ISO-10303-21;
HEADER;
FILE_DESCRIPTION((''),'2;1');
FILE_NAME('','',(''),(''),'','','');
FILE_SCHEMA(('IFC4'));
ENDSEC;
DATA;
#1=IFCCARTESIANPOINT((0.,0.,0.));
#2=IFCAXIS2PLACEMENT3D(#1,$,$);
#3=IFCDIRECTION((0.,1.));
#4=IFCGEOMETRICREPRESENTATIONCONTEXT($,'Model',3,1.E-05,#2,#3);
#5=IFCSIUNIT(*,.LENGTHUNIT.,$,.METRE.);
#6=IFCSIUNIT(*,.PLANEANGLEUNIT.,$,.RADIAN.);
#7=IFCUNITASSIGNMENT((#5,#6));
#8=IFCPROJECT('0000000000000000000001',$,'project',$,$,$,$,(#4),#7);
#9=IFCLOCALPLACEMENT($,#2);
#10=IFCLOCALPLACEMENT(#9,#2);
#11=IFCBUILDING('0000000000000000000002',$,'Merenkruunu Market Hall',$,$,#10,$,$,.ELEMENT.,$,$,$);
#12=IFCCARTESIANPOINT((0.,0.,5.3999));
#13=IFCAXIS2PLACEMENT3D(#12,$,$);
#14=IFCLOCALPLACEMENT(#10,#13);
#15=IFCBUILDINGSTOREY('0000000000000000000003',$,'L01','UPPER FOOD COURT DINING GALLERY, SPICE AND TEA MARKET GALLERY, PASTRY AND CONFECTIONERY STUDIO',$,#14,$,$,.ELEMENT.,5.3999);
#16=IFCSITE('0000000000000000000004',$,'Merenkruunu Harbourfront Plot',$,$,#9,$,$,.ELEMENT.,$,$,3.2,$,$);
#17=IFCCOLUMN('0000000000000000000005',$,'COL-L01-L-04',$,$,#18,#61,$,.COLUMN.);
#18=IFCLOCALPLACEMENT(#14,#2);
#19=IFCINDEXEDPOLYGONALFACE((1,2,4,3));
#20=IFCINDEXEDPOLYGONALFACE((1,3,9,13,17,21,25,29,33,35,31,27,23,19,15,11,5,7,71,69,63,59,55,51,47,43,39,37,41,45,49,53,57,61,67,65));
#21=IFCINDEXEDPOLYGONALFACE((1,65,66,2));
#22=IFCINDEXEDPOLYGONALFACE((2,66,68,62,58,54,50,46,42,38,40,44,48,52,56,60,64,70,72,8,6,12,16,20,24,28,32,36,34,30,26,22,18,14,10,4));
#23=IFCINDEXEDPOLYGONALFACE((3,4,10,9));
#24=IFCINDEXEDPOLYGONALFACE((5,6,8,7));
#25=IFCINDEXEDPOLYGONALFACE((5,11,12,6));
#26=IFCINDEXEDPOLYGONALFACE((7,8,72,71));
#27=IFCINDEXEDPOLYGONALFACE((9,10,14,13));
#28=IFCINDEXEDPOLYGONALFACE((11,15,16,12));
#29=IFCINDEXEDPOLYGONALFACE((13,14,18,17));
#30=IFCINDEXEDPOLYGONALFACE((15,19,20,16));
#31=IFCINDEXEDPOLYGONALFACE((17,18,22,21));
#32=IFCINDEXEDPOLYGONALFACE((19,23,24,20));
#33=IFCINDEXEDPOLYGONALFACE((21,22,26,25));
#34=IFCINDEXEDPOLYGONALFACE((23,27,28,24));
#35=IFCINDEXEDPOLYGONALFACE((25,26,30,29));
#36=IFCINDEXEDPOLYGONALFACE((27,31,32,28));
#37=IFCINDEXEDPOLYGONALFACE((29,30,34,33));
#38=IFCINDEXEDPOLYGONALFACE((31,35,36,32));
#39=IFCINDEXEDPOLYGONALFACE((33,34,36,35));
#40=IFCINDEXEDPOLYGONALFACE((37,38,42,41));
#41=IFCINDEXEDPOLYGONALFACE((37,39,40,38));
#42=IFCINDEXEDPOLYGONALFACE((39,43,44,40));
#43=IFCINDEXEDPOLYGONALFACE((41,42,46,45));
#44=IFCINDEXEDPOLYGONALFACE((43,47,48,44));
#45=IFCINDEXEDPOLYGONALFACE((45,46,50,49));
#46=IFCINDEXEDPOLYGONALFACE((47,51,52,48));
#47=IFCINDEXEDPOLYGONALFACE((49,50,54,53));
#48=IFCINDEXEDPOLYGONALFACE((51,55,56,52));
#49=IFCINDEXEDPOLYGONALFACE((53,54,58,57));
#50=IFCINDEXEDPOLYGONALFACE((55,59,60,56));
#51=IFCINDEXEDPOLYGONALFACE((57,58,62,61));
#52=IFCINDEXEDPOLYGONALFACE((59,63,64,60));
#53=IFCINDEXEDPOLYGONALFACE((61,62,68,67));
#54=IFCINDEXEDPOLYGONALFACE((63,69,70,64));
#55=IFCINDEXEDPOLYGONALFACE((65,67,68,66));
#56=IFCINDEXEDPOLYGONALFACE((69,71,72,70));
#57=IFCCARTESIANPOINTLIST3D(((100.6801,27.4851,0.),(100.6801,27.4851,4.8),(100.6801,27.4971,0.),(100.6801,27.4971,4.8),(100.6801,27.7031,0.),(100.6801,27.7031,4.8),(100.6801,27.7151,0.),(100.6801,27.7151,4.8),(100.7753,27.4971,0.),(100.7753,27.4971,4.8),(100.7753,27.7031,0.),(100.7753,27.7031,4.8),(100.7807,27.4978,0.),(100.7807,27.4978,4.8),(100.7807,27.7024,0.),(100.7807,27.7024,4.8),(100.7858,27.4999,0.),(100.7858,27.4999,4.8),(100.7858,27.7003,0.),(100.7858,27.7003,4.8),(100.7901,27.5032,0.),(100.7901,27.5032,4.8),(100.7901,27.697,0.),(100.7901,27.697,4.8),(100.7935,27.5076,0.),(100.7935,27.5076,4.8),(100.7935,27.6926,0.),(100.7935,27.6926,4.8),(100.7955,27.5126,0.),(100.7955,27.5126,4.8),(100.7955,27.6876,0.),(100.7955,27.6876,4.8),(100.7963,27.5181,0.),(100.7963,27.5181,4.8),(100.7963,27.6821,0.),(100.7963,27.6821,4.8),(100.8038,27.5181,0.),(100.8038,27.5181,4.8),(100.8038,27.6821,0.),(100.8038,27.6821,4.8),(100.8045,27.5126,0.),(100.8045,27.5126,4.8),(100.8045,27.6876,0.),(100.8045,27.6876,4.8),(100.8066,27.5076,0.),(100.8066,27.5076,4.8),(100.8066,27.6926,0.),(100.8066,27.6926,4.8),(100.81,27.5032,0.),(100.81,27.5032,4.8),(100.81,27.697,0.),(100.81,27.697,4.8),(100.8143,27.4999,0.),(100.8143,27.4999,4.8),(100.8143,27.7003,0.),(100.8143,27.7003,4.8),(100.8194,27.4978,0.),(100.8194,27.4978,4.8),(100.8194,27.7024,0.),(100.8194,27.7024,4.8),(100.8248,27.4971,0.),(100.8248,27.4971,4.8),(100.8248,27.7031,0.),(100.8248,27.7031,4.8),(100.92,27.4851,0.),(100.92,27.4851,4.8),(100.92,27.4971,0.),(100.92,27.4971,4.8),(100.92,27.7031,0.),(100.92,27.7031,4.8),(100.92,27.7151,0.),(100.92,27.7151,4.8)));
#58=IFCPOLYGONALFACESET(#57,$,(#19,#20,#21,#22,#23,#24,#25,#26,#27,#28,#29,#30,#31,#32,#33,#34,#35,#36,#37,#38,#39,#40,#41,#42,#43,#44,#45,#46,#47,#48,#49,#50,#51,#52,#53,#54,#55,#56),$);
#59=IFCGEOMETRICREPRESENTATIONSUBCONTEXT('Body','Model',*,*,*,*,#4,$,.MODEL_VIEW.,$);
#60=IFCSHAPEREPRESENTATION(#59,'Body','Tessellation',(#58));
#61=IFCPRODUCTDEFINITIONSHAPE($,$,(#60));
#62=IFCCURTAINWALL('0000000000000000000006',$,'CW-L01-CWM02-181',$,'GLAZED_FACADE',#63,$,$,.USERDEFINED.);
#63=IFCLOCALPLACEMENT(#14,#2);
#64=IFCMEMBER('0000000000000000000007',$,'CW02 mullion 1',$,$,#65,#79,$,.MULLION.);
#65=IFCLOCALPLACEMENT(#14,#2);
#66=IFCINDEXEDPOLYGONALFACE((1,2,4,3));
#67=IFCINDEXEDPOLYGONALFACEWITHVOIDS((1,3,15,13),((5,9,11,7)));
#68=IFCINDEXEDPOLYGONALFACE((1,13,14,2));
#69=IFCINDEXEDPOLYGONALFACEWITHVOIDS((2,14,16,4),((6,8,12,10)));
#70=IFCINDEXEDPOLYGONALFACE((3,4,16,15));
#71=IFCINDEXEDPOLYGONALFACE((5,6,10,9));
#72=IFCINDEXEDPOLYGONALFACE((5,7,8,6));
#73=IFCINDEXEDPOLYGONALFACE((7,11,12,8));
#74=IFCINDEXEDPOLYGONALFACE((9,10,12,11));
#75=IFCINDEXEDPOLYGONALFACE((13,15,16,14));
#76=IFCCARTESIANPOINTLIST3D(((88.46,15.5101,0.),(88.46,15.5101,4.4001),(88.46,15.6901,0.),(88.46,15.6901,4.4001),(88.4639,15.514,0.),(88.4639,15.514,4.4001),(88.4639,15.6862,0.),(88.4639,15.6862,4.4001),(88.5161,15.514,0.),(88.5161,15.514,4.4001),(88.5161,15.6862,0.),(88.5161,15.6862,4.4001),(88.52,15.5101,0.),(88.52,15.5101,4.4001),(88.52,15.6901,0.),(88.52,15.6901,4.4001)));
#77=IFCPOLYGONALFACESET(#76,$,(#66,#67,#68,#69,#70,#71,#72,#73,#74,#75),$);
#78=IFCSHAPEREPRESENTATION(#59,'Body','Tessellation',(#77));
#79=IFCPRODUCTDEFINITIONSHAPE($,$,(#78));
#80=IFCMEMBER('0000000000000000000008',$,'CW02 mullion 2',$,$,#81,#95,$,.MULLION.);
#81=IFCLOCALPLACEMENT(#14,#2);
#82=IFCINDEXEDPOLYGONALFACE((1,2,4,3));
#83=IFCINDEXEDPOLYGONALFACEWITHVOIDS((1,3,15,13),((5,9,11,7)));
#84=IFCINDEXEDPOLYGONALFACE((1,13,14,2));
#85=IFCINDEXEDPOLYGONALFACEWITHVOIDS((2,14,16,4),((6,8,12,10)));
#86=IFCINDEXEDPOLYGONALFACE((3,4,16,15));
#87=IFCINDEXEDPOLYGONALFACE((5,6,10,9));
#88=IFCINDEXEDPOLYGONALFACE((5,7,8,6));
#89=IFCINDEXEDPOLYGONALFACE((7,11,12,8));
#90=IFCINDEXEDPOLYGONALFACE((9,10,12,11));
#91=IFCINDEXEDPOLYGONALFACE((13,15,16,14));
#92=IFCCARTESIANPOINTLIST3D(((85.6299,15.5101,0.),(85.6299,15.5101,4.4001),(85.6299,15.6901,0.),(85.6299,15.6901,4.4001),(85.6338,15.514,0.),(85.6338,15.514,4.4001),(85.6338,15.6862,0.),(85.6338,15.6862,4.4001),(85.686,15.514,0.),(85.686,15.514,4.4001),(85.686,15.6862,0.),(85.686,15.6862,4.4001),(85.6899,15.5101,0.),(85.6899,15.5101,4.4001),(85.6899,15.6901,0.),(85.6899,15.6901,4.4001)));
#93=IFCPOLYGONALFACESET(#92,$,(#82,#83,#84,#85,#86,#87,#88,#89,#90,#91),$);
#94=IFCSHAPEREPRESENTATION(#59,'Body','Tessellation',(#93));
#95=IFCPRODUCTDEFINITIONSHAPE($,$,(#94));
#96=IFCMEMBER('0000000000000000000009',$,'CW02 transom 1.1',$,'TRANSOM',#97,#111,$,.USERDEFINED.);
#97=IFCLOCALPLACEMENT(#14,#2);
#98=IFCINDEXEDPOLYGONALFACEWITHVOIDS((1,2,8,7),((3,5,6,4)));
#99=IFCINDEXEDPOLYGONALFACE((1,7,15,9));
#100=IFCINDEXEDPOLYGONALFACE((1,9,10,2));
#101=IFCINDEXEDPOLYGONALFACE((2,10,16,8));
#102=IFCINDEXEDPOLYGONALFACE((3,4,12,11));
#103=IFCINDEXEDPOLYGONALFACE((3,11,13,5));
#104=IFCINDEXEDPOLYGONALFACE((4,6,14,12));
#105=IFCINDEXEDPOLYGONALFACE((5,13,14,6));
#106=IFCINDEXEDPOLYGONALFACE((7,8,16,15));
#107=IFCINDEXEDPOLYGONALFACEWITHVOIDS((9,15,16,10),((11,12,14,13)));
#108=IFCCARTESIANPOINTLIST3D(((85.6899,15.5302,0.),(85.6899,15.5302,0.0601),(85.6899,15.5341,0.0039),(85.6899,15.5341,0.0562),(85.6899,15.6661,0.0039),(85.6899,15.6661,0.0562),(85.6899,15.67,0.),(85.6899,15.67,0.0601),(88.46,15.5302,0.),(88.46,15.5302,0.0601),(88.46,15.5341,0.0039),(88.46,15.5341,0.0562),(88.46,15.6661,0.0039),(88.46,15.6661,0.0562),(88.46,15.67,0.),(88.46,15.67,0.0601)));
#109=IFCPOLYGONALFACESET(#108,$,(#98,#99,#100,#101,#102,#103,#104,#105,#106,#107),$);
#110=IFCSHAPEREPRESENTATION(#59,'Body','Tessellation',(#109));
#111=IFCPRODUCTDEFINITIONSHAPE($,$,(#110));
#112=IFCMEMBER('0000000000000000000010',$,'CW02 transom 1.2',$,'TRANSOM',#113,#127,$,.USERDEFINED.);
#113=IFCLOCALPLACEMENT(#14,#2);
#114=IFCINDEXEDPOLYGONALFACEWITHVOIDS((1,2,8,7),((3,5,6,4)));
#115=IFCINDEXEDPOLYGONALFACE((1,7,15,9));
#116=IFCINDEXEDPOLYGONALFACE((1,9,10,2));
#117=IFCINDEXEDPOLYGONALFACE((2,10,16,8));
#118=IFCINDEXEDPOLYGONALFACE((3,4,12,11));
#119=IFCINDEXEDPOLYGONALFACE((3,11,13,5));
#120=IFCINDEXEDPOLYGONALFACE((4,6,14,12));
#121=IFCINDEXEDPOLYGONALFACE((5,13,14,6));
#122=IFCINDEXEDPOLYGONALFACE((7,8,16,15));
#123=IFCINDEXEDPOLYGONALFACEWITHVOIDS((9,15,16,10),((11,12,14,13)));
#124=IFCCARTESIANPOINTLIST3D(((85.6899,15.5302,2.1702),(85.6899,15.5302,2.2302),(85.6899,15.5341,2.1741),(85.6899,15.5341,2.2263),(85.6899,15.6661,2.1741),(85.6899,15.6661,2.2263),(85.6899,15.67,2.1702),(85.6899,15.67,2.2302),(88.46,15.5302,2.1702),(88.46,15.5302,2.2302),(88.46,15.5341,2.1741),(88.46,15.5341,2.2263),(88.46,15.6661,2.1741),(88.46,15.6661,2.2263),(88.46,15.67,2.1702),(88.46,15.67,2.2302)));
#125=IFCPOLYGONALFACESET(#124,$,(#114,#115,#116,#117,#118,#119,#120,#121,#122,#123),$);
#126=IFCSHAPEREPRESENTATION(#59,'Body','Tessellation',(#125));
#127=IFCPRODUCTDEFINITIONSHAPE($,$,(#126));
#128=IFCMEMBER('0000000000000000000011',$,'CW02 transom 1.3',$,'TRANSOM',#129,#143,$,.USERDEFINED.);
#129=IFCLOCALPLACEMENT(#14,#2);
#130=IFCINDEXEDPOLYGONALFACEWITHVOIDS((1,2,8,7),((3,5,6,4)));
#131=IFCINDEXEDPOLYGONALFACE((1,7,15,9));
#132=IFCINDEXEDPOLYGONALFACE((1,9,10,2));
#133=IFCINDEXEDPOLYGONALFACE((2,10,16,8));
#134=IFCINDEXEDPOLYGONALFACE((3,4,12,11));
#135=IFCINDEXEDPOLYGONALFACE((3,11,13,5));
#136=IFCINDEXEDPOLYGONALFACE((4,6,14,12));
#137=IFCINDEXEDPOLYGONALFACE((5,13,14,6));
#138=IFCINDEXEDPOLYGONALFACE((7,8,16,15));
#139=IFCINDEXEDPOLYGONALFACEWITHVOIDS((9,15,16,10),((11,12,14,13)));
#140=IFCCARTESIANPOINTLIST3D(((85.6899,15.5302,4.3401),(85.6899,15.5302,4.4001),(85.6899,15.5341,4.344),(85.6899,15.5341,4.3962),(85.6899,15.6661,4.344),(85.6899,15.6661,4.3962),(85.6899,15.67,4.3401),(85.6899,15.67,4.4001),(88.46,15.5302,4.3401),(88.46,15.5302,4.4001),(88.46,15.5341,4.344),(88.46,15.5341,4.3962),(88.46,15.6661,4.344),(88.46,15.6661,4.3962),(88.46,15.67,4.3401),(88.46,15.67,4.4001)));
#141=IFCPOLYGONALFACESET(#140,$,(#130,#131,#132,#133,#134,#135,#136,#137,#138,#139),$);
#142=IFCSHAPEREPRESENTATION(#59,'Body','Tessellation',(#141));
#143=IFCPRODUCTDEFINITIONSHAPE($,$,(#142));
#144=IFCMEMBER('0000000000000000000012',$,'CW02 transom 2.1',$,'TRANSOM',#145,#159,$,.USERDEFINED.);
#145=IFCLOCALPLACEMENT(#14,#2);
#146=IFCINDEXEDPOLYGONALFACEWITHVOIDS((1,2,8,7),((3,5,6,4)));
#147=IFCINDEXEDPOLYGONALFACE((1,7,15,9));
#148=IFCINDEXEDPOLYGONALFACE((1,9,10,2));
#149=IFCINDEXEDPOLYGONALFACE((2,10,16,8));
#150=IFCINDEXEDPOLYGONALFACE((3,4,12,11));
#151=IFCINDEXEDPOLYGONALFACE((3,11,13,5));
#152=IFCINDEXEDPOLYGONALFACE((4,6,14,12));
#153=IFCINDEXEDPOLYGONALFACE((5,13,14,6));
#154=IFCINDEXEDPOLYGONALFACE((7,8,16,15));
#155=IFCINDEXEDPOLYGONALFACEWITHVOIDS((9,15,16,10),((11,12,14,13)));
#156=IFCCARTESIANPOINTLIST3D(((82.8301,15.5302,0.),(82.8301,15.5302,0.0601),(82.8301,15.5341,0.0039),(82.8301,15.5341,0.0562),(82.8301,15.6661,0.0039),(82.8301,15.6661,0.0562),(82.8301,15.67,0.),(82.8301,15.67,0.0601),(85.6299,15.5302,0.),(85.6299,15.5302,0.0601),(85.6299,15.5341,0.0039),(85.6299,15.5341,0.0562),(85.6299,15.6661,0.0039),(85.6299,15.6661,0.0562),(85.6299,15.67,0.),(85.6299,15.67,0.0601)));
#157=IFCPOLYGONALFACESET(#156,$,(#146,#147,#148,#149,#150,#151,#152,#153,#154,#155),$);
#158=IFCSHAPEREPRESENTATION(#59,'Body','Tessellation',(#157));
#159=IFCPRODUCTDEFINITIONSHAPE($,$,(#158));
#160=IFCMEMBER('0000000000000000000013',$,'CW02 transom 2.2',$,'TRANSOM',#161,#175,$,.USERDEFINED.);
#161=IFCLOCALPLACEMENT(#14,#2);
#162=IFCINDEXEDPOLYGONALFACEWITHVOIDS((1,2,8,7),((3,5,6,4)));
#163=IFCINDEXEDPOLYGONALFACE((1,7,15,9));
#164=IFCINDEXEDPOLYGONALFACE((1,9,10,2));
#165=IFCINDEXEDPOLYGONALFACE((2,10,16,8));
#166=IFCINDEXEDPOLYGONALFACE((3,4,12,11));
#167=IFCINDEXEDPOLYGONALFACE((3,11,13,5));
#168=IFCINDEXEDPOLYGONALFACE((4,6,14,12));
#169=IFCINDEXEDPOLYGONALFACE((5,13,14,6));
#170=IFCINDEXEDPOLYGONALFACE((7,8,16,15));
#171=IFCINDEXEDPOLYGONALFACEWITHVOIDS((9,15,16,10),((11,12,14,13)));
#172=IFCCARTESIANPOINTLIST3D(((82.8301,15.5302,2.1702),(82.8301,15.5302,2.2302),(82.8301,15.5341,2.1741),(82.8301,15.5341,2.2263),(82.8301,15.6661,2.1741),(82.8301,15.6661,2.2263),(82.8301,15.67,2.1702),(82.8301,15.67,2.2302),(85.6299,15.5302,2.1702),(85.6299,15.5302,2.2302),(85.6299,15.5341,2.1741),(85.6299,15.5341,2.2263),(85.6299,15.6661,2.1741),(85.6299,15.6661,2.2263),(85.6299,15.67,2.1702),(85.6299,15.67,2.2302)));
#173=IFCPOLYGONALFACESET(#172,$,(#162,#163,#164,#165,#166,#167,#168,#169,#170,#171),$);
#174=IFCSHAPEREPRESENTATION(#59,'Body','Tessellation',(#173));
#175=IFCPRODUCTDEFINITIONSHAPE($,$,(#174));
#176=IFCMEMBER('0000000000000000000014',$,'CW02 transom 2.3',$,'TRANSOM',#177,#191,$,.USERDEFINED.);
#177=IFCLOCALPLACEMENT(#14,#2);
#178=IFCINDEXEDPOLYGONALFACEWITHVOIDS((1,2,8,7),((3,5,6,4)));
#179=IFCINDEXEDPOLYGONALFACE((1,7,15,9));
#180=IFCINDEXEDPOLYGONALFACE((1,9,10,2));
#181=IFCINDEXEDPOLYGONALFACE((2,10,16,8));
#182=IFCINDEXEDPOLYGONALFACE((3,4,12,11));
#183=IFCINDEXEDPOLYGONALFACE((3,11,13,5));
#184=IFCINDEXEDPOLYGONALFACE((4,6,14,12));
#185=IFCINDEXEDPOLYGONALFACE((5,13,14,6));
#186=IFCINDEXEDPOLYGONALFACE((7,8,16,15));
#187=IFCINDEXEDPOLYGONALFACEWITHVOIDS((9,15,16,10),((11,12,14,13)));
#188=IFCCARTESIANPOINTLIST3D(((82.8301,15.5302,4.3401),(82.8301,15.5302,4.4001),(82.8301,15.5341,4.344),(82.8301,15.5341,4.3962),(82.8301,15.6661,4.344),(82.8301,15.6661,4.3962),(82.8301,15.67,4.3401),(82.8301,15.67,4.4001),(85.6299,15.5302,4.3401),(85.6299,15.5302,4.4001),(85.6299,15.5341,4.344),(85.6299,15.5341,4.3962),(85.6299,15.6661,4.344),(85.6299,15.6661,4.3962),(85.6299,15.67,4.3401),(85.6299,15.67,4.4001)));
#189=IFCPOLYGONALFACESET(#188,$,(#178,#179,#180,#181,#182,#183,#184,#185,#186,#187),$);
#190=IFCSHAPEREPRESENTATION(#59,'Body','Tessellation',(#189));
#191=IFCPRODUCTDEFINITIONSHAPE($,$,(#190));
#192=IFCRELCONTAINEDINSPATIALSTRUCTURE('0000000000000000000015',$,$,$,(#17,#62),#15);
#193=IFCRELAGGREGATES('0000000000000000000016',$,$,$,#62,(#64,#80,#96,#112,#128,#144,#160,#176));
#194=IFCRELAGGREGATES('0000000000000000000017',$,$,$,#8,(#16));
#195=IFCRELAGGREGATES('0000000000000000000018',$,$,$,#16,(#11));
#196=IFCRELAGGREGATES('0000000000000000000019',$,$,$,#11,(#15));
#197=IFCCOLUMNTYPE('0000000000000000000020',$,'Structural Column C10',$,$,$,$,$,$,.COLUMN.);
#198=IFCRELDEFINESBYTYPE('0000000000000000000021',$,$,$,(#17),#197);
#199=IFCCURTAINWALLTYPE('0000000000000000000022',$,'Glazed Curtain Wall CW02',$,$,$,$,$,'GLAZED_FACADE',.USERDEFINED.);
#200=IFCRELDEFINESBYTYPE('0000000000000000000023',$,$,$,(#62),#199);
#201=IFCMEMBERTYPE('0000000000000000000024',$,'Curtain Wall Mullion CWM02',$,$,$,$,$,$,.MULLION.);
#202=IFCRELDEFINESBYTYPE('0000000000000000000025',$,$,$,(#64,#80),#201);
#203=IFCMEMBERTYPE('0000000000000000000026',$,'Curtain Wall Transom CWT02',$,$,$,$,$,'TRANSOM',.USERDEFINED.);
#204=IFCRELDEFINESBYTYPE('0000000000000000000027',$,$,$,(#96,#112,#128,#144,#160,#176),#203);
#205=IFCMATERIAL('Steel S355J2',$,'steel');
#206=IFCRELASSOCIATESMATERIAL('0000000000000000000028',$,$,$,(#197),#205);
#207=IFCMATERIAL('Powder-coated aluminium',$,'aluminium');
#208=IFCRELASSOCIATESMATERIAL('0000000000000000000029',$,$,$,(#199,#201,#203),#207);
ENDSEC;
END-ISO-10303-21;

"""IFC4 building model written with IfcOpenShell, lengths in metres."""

from ifc_helpers import new_model, si_unit, direction, frame, origin, origin_2d, place, context, subcontext, project, spatial, hollow_rectangle, i_section, extrude, material, material_profile, profile_set, type_object, element, aggregate, save


model = new_model("IFC4")

# Units and contexts
model_context = context("Model", 3, precision=1e-05, world=origin(), true_north=direction((0.0, 1.0)))
body_context = subcontext(model_context, "Body", "Model", "MODEL_VIEW")
ifc_project = project(units=[si_unit("LENGTHUNIT", "METRE"), si_unit("PLANEANGLEUNIT", "RADIAN")], contexts=[model_context])

# Site, building, storey
site_placement = place(None, origin())
site = spatial("IfcSite", under=ifc_project, at=site_placement, Name="Merenkruunu Harbourfront Plot", CompositionType="ELEMENT", RefElevation=3.2)
building_placement = place(site_placement, origin())
building = spatial("IfcBuilding", under=site, at=building_placement, Name="Merenkruunu Market Hall", CompositionType="ELEMENT")
storey_placement = place(building_placement, frame((0.0, 0.0, 5.3999)))
storey = spatial("IfcBuildingStorey", under=building, at=storey_placement, Name="L01", Description="UPPER FOOD COURT DINING GALLERY, SPICE AND TEA MARKET GALLERY, PASTRY AND CONFECTIONERY STUDIO", CompositionType="ELEMENT", Elevation=5.3999)

# Column
ifc_material_1 = material(Name="Steel S355J2", Category="steel")
ifc_material_profile_1 = material_profile(ifc_material_1, i_section(OverallWidth=0.24, OverallDepth=0.23, WebThickness=0.0076, FlangeThickness=0.012, FilletRadius=0.021, at=origin_2d()), Name="HEA 240")
ifc_profile_set_1 = profile_set([ifc_material_profile_1], Name="Steel S355J2")
column_type = type_object("IfcColumnType", Name="Structural Column C10", PredefinedType="COLUMN", material=ifc_profile_set_1)
for number, where, z_axis, x_axis, name in (
    (1, (100.8, 27.6001, 0.0), (0.0, 0.0, 1.0), (1.0, 0.0, 0.0), "COL-L01-L-04"),
):
    element("IfcColumn", number, at=place(storey_placement, frame(where, z_axis=z_axis, x_axis=x_axis)), inside=storey, type_object=column_type, Name=name, PredefinedType="COLUMN", context=body_context, shape_type="SweptSolid", body=[
        extrude(i_section(OverallWidth=0.24, OverallDepth=0.23, WebThickness=0.0076, FlangeThickness=0.012, FilletRadius=0.021, at=origin_2d()), origin(), (0.0, 0.0, 1.0), 4.8),
    ])

# Curtain wall, members
ifc_material_2 = material(Name="Powder-coated aluminium", Category="aluminium")
curtain_wall_type = type_object("IfcCurtainWallType", Name="Glazed Curtain Wall CW02", ElementType="GLAZED_FACADE", PredefinedType="USERDEFINED", material=ifc_material_2)
curtain_wall_placement = place(storey_placement, origin())
curtain_wall = element("IfcCurtainWall", 2, at=curtain_wall_placement, inside=storey, type_object=curtain_wall_type, Name="CW-L01-CWM02-181", ObjectType="GLAZED_FACADE", PredefinedType="USERDEFINED")
ifc_material_profile_2 = material_profile(ifc_material_2, hollow_rectangle(XDim=0.0601, YDim=0.1799, WallThickness=0.0039, at=origin_2d()), Name="ALU 60x180x4")
ifc_profile_set_2 = profile_set([ifc_material_profile_2], Name="Powder-coated aluminium")
member_type_1 = type_object("IfcMemberType", Name="Curtain Wall Mullion CWM02", PredefinedType="MULLION", material=ifc_profile_set_2)
member_1_placement = place(storey_placement, frame((88.49, 15.6001, 0.0), z_axis=(0.0, 0.0, 1.0), x_axis=(-1.0, 0.0, 0.0)))
member_1 = element("IfcMember", 3, at=member_1_placement, type_object=member_type_1, Name="CW02 mullion 1", PredefinedType="MULLION", context=body_context, shape_type="SweptSolid", body=[
    extrude(hollow_rectangle(XDim=0.0601, YDim=0.1799, WallThickness=0.0039, at=origin_2d()), origin(), (0.0, 0.0, 1.0), 4.4001),
])
member_2_placement = place(storey_placement, frame((85.6599, 15.6001, 0.0), z_axis=(0.0, 0.0, 1.0), x_axis=(-1.0, 0.0, 0.0)))
member_2 = element("IfcMember", 4, at=member_2_placement, type_object=member_type_1, Name="CW02 mullion 2", PredefinedType="MULLION", context=body_context, shape_type="SweptSolid", body=[
    extrude(hollow_rectangle(XDim=0.0601, YDim=0.1799, WallThickness=0.0039, at=origin_2d()), origin(), (0.0, 0.0, 1.0), 4.4001),
])
ifc_material_profile_3 = material_profile(ifc_material_2, hollow_rectangle(XDim=0.0601, YDim=0.1399, WallThickness=0.0039, at=origin_2d()), Name="ALU 60x140x4")
ifc_profile_set_3 = profile_set([ifc_material_profile_3], Name="Powder-coated aluminium")
member_type_2 = type_object("IfcMemberType", Name="Curtain Wall Transom CWT02", ElementType="TRANSOM", PredefinedType="USERDEFINED", material=ifc_profile_set_3)
member_3_placement = place(storey_placement, frame((88.46, 15.6001, 0.03), z_axis=(-1.0, 0.0, 0.0), x_axis=(0.0, 0.0, 1.0)))
member_3 = element("IfcMember", 5, at=member_3_placement, type_object=member_type_2, Name="CW02 transom 1.1", ObjectType="TRANSOM", PredefinedType="USERDEFINED", context=body_context, shape_type="SweptSolid", body=[
    extrude(hollow_rectangle(XDim=0.0601, YDim=0.1399, WallThickness=0.0039, at=origin_2d()), origin(), (0.0, 0.0, 1.0), 2.77),
])
member_4_placement = place(storey_placement, frame((88.46, 15.6001, 2.2002), z_axis=(-1.0, 0.0, 0.0), x_axis=(0.0, 0.0, 1.0)))
member_4 = element("IfcMember", 6, at=member_4_placement, type_object=member_type_2, Name="CW02 transom 1.2", ObjectType="TRANSOM", PredefinedType="USERDEFINED", context=body_context, shape_type="SweptSolid", body=[
    extrude(hollow_rectangle(XDim=0.0601, YDim=0.1399, WallThickness=0.0039, at=origin_2d()), origin(), (0.0, 0.0, 1.0), 2.77),
])
member_5_placement = place(storey_placement, frame((88.46, 15.6001, 4.3701), z_axis=(-1.0, 0.0, 0.0), x_axis=(0.0, 0.0, 1.0)))
member_5 = element("IfcMember", 7, at=member_5_placement, type_object=member_type_2, Name="CW02 transom 1.3", ObjectType="TRANSOM", PredefinedType="USERDEFINED", context=body_context, shape_type="SweptSolid", body=[
    extrude(hollow_rectangle(XDim=0.0601, YDim=0.1399, WallThickness=0.0039, at=origin_2d()), origin(), (0.0, 0.0, 1.0), 2.77),
])
member_6_placement = place(storey_placement, frame((85.6299, 15.6001, 0.03), z_axis=(-1.0, 0.0, 0.0), x_axis=(0.0, 0.0, 1.0)))
member_6 = element("IfcMember", 8, at=member_6_placement, type_object=member_type_2, Name="CW02 transom 2.1", ObjectType="TRANSOM", PredefinedType="USERDEFINED", context=body_context, shape_type="SweptSolid", body=[
    extrude(hollow_rectangle(XDim=0.0601, YDim=0.1399, WallThickness=0.0039, at=origin_2d()), origin(), (0.0, 0.0, 1.0), 2.7998),
])
member_7_placement = place(storey_placement, frame((85.6299, 15.6001, 2.2002), z_axis=(-1.0, 0.0, 0.0), x_axis=(0.0, 0.0, 1.0)))
member_7 = element("IfcMember", 9, at=member_7_placement, type_object=member_type_2, Name="CW02 transom 2.2", ObjectType="TRANSOM", PredefinedType="USERDEFINED", context=body_context, shape_type="SweptSolid", body=[
    extrude(hollow_rectangle(XDim=0.0601, YDim=0.1399, WallThickness=0.0039, at=origin_2d()), origin(), (0.0, 0.0, 1.0), 2.7998),
])
member_8_placement = place(storey_placement, frame((85.6299, 15.6001, 4.3701), z_axis=(-1.0, 0.0, 0.0), x_axis=(0.0, 0.0, 1.0)))
member_8 = element("IfcMember", 10, at=member_8_placement, type_object=member_type_2, Name="CW02 transom 2.3", ObjectType="TRANSOM", PredefinedType="USERDEFINED", context=body_context, shape_type="SweptSolid", body=[
    extrude(hollow_rectangle(XDim=0.0601, YDim=0.1399, WallThickness=0.0039, at=origin_2d()), origin(), (0.0, 0.0, 1.0), 2.7998),
])

aggregate(curtain_wall, [member_1, member_2, member_3, member_4, member_5, member_6, member_7, member_8])

save(model, "model.ifc")
